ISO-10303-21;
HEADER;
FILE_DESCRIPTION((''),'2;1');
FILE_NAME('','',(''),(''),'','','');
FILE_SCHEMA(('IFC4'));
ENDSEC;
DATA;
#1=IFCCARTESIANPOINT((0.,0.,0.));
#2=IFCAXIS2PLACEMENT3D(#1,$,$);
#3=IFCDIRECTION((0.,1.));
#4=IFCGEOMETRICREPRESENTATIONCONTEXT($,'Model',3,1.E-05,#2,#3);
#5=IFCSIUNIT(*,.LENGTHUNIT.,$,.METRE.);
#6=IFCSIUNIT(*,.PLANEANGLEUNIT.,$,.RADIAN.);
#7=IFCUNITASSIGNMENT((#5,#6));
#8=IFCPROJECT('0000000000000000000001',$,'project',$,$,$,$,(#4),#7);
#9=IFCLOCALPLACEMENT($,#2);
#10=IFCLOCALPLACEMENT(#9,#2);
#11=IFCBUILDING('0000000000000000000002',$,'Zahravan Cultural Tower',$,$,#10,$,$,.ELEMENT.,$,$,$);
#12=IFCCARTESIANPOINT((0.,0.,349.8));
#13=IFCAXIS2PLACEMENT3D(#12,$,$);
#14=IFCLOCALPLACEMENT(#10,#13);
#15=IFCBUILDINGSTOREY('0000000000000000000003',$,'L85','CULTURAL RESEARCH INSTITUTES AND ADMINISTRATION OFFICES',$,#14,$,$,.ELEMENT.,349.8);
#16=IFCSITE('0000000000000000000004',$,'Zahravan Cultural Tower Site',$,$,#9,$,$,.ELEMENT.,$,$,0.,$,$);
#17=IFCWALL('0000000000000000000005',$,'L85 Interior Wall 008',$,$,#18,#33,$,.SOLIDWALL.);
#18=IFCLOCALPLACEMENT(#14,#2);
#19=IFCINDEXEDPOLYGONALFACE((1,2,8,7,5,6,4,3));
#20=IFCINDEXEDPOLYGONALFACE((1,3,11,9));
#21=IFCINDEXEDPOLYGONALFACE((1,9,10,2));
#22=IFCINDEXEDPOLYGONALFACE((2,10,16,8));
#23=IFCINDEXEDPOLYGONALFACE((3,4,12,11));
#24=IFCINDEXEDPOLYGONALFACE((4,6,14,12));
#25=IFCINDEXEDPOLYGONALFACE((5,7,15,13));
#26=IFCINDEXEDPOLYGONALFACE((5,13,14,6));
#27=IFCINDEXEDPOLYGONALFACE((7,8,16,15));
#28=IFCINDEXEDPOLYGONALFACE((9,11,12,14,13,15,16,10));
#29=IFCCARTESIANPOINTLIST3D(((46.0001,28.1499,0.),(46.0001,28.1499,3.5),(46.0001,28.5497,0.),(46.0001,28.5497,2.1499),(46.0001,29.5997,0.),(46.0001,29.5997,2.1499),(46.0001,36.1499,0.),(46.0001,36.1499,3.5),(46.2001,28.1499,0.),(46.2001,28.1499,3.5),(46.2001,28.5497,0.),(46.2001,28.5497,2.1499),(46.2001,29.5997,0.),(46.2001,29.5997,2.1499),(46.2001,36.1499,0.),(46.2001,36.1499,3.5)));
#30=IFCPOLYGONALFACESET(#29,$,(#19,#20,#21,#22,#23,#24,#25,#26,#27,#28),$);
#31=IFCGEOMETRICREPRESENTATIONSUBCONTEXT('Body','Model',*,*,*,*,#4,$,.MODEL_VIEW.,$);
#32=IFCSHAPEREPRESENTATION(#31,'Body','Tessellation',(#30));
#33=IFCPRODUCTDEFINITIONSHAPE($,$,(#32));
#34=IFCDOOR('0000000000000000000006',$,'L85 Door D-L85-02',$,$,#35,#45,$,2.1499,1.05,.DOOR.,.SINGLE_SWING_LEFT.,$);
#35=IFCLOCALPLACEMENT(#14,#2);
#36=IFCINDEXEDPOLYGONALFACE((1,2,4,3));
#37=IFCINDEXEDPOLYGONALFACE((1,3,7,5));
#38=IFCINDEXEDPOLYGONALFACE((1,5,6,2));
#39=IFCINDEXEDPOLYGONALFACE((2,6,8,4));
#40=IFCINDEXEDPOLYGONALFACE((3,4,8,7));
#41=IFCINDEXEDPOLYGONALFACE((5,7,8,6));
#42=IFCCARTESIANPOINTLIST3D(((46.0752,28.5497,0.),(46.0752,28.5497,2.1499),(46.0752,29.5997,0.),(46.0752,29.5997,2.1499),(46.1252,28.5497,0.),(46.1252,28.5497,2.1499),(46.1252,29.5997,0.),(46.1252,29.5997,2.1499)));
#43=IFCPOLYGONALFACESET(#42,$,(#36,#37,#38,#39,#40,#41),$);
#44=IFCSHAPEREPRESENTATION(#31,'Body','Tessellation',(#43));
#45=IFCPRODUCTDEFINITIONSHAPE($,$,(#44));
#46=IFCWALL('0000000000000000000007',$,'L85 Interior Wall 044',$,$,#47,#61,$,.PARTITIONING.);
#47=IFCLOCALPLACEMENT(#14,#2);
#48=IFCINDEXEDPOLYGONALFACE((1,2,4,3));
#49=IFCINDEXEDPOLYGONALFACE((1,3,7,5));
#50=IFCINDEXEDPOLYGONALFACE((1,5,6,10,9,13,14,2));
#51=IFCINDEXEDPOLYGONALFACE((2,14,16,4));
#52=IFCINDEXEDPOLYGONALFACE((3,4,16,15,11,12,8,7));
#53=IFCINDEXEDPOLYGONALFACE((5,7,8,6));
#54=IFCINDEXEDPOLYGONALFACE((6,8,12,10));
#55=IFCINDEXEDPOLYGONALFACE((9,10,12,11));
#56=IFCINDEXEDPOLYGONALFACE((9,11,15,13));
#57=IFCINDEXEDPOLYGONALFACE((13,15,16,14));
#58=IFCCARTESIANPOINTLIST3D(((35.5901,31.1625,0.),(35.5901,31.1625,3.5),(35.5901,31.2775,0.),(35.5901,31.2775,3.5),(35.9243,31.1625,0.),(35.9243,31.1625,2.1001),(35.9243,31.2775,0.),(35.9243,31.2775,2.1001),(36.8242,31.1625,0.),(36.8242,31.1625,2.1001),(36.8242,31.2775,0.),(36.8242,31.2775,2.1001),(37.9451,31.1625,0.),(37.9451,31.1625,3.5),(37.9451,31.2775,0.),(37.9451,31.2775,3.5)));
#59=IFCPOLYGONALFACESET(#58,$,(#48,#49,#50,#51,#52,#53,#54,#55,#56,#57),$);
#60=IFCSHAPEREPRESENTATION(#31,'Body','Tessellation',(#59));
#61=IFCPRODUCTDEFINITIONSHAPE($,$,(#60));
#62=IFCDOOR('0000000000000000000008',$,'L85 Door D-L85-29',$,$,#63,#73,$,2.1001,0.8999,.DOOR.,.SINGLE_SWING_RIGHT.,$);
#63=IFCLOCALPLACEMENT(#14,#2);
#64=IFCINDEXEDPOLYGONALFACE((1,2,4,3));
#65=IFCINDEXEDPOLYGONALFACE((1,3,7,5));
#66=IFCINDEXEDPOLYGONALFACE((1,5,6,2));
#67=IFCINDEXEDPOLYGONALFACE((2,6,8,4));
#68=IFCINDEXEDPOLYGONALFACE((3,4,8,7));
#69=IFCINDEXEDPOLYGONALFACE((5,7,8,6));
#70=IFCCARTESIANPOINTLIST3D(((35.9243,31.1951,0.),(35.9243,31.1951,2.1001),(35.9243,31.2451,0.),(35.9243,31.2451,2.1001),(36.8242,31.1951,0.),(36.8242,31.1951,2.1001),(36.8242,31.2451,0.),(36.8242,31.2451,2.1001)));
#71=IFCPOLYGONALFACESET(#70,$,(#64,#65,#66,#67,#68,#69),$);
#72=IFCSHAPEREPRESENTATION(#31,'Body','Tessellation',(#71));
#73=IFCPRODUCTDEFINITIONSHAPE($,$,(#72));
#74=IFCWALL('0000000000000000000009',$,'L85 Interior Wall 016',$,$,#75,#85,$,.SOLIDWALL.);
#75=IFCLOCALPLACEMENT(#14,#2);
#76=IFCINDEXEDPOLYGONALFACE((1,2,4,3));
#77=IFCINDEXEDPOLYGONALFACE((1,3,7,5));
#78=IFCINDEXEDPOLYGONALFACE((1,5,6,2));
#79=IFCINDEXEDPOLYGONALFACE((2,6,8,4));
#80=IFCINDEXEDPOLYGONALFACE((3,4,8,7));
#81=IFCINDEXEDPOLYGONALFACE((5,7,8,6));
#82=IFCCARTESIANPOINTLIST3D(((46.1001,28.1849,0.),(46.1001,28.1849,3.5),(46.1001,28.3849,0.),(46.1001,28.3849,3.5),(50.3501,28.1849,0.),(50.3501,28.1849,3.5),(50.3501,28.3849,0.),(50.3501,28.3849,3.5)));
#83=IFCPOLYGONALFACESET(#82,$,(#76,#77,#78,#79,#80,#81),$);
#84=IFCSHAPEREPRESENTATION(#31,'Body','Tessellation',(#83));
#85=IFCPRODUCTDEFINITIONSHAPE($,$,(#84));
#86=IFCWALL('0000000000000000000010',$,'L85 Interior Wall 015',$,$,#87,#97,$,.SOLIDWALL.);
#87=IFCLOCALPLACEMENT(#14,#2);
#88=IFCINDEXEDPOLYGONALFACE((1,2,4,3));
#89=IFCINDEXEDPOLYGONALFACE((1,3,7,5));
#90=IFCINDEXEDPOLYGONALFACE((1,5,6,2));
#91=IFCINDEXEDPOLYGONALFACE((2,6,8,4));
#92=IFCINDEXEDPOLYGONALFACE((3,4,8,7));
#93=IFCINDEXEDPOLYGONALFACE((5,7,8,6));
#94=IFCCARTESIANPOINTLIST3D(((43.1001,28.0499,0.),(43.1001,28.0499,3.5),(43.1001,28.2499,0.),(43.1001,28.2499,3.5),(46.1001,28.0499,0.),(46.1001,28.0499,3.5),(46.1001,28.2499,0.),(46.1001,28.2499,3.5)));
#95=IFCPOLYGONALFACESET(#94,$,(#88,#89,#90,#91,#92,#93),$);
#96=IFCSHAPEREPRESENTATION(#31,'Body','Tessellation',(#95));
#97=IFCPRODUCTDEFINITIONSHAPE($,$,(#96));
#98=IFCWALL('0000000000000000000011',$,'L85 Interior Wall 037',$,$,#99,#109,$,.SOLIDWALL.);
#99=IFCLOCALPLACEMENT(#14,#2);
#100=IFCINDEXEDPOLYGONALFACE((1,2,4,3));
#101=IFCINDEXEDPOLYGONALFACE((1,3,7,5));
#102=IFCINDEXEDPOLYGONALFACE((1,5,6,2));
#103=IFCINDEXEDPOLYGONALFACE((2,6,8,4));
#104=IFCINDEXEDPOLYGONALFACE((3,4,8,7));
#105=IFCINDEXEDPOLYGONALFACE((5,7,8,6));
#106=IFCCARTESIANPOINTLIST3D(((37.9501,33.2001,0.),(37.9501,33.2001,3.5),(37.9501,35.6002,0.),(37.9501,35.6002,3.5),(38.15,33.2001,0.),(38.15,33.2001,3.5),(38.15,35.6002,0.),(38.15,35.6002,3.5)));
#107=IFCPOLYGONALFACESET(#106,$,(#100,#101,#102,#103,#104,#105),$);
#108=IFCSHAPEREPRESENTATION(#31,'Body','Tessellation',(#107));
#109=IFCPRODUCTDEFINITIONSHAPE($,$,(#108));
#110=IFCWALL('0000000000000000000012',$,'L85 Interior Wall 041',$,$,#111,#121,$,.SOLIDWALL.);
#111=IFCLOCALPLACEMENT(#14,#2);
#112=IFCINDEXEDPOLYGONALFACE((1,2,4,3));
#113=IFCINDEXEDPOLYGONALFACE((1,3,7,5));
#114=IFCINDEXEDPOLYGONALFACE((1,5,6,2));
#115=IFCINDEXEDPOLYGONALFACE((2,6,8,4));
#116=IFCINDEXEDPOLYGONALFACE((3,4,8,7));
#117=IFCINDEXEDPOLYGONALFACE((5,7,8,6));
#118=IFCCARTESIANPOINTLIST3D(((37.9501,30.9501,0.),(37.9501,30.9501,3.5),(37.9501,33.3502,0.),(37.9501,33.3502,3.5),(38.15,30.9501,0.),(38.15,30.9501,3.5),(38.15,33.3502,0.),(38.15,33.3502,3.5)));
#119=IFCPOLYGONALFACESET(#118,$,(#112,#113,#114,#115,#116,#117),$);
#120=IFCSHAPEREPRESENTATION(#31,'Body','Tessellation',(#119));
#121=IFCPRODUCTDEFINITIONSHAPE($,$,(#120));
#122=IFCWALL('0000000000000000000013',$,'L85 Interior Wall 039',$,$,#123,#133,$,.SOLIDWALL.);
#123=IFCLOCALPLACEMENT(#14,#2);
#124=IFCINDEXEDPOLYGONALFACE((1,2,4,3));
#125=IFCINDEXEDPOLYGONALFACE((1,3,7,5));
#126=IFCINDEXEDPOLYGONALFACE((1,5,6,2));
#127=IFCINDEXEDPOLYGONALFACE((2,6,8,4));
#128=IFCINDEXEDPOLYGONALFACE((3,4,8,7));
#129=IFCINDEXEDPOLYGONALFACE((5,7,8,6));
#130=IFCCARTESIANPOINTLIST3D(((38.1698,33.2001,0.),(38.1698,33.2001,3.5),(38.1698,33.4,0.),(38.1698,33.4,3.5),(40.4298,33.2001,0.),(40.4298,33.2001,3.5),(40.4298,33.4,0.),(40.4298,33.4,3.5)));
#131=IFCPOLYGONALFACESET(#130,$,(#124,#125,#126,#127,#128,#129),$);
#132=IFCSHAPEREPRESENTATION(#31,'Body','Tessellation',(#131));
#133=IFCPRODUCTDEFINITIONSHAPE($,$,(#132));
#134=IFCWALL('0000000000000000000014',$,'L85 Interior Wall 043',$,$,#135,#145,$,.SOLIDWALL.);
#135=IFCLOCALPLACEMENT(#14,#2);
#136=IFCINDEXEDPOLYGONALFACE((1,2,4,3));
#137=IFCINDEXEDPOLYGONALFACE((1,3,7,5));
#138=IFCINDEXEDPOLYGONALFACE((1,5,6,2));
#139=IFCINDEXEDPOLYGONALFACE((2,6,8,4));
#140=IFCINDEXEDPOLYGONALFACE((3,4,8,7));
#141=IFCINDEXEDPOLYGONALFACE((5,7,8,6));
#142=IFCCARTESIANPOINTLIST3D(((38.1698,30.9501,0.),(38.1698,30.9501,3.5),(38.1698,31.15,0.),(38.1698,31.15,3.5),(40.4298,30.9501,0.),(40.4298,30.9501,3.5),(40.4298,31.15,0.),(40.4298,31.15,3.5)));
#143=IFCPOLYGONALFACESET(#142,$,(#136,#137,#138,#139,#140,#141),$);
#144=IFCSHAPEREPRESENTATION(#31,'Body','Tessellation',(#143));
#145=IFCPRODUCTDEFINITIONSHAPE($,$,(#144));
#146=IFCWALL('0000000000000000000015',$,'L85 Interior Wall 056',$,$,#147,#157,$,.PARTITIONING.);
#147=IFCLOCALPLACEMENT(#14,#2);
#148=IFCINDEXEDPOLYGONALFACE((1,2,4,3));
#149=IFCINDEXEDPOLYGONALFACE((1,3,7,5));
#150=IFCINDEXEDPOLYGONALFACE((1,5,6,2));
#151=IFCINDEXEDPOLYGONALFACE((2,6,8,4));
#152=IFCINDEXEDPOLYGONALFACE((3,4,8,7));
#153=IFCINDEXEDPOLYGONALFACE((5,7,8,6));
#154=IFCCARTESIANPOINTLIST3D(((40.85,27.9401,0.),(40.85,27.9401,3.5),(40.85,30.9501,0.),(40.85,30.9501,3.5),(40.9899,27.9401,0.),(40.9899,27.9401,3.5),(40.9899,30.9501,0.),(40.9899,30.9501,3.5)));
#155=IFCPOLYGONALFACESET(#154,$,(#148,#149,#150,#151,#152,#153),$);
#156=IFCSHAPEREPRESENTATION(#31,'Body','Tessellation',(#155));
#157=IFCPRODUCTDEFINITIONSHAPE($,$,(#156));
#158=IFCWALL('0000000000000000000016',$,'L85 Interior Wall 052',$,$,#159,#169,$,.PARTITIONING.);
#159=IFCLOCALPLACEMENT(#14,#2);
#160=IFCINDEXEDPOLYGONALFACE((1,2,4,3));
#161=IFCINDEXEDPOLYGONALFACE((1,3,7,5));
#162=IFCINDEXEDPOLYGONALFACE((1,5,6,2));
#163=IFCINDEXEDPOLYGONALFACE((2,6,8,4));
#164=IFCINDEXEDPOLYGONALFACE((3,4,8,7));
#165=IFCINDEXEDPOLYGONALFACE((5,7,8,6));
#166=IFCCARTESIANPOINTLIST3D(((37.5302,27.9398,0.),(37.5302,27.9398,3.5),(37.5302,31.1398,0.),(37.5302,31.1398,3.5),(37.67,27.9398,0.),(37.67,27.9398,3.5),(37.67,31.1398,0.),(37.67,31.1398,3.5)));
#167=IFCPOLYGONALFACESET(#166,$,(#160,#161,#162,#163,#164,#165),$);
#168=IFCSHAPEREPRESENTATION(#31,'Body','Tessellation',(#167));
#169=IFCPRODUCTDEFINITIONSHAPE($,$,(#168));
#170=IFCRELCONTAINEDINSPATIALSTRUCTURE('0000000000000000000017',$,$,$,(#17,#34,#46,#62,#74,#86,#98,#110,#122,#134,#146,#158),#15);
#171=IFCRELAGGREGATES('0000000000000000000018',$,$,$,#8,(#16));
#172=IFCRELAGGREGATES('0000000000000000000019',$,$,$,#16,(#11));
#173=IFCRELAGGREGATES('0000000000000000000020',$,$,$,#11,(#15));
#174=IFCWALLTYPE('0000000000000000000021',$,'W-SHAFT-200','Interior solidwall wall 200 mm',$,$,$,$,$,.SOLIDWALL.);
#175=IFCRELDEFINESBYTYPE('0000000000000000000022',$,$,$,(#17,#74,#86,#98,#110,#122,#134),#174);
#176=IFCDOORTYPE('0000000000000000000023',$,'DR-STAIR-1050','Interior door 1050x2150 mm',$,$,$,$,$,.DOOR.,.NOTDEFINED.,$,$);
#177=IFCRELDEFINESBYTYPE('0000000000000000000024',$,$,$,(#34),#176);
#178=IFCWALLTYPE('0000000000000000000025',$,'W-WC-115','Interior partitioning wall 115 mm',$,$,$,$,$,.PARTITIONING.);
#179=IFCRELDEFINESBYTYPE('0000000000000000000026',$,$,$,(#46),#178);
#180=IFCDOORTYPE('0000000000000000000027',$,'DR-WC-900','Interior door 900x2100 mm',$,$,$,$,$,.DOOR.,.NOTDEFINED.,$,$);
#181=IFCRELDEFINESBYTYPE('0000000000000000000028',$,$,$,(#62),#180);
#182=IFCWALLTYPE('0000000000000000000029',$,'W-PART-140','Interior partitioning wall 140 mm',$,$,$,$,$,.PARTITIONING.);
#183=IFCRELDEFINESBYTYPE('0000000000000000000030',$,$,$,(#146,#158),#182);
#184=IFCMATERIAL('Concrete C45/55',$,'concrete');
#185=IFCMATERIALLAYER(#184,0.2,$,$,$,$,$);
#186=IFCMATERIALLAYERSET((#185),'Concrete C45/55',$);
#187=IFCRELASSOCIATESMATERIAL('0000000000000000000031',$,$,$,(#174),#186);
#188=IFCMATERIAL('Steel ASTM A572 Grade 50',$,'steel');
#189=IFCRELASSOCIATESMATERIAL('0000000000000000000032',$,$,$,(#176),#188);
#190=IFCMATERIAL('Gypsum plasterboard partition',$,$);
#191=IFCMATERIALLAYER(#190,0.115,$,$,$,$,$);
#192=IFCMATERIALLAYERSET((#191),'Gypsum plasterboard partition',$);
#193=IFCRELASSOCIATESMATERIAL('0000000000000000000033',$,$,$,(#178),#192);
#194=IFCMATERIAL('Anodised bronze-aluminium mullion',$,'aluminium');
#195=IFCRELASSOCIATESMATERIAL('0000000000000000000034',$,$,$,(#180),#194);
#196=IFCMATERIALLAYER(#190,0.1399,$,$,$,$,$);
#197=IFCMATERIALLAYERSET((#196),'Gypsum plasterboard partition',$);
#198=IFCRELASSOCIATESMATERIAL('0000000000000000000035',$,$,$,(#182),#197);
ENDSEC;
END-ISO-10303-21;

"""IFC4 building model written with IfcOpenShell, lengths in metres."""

from ifc_helpers import new_model, si_unit, direction, frame, frame_2d, origin, place, context, subcontext, project, spatial, rectangle, extrude, source, transform, mapped, material, layer, layer_set, type_object, element, fill, save


model = new_model("IFC4")

# Units and contexts
model_context = context("Model", 3, precision=1e-05, world=origin(), true_north=direction((0.0, 1.0)))
body_context = subcontext(model_context, "Body", "Model", "MODEL_VIEW")
ifc_project = project(units=[si_unit("LENGTHUNIT", "METRE"), si_unit("PLANEANGLEUNIT", "RADIAN")], contexts=[model_context])

# Site, building, storey
site_placement = place(None, origin())
site = spatial("IfcSite", under=ifc_project, at=site_placement, Name="Zahravan Cultural Tower Site", CompositionType="ELEMENT", RefElevation=0.0)
building_placement = place(site_placement, origin())
building = spatial("IfcBuilding", under=site, at=building_placement, Name="Zahravan Cultural Tower", CompositionType="ELEMENT")
storey_placement = place(building_placement, frame((0.0, 0.0, 349.8)))
storey = spatial("IfcBuildingStorey", under=building, at=storey_placement, Name="L85", Description="CULTURAL RESEARCH INSTITUTES AND ADMINISTRATION OFFICES", CompositionType="ELEMENT", Elevation=349.8)

# Walls, openings, doors
ifc_material_1 = material(Name="Concrete C45/55", Category="concrete")
ifc_layer_1 = layer(ifc_material_1, 0.2)
ifc_layer_set_1 = layer_set([ifc_layer_1], Name="Concrete C45/55")
wall_type_1 = type_object("IfcWallType", Name="W-SHAFT-200", Description="Interior solidwall wall 200 mm", PredefinedType="SOLIDWALL", material=ifc_layer_set_1)
wall_1_placement = place(storey_placement, frame((46.1001, 28.1499, 0.0), z_axis=(0.0, 0.0, 1.0), x_axis=(0.0, 1.0, 0.0)))
wall_1 = element("IfcWall", 1, at=wall_1_placement, inside=storey, type_object=wall_type_1, Name="L85 Interior Wall 008", PredefinedType="SOLIDWALL", context=body_context, shape_type="SweptSolid", body=[
    extrude(rectangle(XDim=8.0, YDim=0.2, at=frame_2d((4.0, 0.0))), origin(), (0.0, 0.0, 1.0), 3.5),
])
opening_1_placement = place(wall_1_placement, frame((0.3999, 0.0, 0.0)))
opening_1 = element("IfcOpeningElement", 2, at=opening_1_placement, cuts=wall_1, PredefinedType="OPENING", context=body_context, shape_type="SweptSolid", body=[
    extrude(rectangle(XDim=1.05, YDim=2.1499, at=frame_2d((0.5249, 1.075))), frame((0.0, 0.1099, 0.0), z_axis=(0.0, -1.0, 0.0), x_axis=(1.0, 0.0, 0.0)), (0.0, 0.0, 1.0), 0.22),
])
ifc_material_2 = material(Name="Steel ASTM A572 Grade 50", Category="steel")
door_type_1 = type_object("IfcDoorType", Name="DR-STAIR-1050", Description="Interior door 1050x2150 mm", OperationType="NOTDEFINED", PredefinedType="DOOR", material=ifc_material_2)
shared_shape_1 = source(origin(), body_context, "Body", "SweptSolid", [
    extrude(rectangle(XDim=1.05, YDim=2.1499, at=frame_2d((0.5249, 1.075))), frame((0.0, 0.0249, 0.0), z_axis=(0.0, -1.0, 0.0), x_axis=(1.0, 0.0, 0.0)), (0.0, 0.0, 1.0), 0.05),
])
door_1_placement = place(opening_1_placement, origin())
door_1 = element("IfcDoor", 3, at=door_1_placement, inside=storey, type_object=door_type_1, Name="L85 Door D-L85-02", OperationType="SINGLE_SWING_LEFT", OverallHeight=2.1499, OverallWidth=1.05, PredefinedType="DOOR", context=body_context, shape_type="MappedRepresentation", body=[
    mapped(shared_shape_1, transform((0.0, 0.0, 0.0), x_axis=(1.0, 0.0, 0.0), y_axis=(0.0, 1.0, 0.0), z_axis=(0.0, 0.0, 1.0), scale=1.0)),
])
fill(opening_1, door_1)
ifc_material_3 = material(Name="Gypsum plasterboard partition")
ifc_layer_2 = layer(ifc_material_3, 0.115)
ifc_layer_set_2 = layer_set([ifc_layer_2], Name="Gypsum plasterboard partition")
wall_type_2 = type_object("IfcWallType", Name="W-WC-115", Description="Interior partitioning wall 115 mm", PredefinedType="PARTITIONING", material=ifc_layer_set_2)
wall_2_placement = place(storey_placement, frame((37.9451, 31.22, 0.0), z_axis=(0.0, 0.0, 1.0), x_axis=(-1.0, 0.0, 0.0)))
wall_2 = element("IfcWall", 4, at=wall_2_placement, inside=storey, type_object=wall_type_2, Name="L85 Interior Wall 044", PredefinedType="PARTITIONING", context=body_context, shape_type="SweptSolid", body=[
    extrude(rectangle(XDim=2.355, YDim=0.115, at=frame_2d((1.1775, 0.0))), origin(), (0.0, 0.0, 1.0), 3.5),
])
opening_2_placement = place(wall_2_placement, frame((1.1208, 0.0, 0.0)))
opening_2 = element("IfcOpeningElement", 5, at=opening_2_placement, cuts=wall_2, PredefinedType="OPENING", context=body_context, shape_type="SweptSolid", body=[
    extrude(rectangle(XDim=0.8999, YDim=2.1001, at=frame_2d((0.45, 1.05))), frame((0.0, 0.0674, 0.0), z_axis=(0.0, -1.0, 0.0), x_axis=(1.0, 0.0, 0.0)), (0.0, 0.0, 1.0), 0.135),
])
ifc_material_4 = material(Name="Anodised bronze-aluminium mullion", Category="aluminium")
door_type_2 = type_object("IfcDoorType", Name="DR-WC-900", Description="Interior door 900x2100 mm", OperationType="NOTDEFINED", PredefinedType="DOOR", material=ifc_material_4)
shared_shape_2 = source(origin(), body_context, "Body", "SweptSolid", [
    extrude(rectangle(XDim=0.8999, YDim=2.1001, at=frame_2d((0.45, 1.05))), frame((0.0, 0.0249, 0.0), z_axis=(0.0, -1.0, 0.0), x_axis=(1.0, 0.0, 0.0)), (0.0, 0.0, 1.0), 0.05),
])
door_2_placement = place(opening_2_placement, origin())
door_2 = element("IfcDoor", 6, at=door_2_placement, inside=storey, type_object=door_type_2, Name="L85 Door D-L85-29", OperationType="SINGLE_SWING_RIGHT", OverallHeight=2.1001, OverallWidth=0.8999, PredefinedType="DOOR", context=body_context, shape_type="MappedRepresentation", body=[
    mapped(shared_shape_2, transform((0.0, 0.0, 0.0), x_axis=(1.0, 0.0, 0.0), y_axis=(0.0, 1.0, 0.0), z_axis=(0.0, 0.0, 1.0), scale=1.0)),
])
fill(opening_2, door_2)

# Walls
shared_shape_3 = source(origin(), body_context, "Body", "SweptSolid", [
    extrude(rectangle(XDim=4.25, YDim=0.2, at=frame_2d((2.125, 0.0))), origin(), (0.0, 0.0, 1.0), 3.5),
])
wall_3_placement = place(storey_placement, frame((46.1001, 28.2849, 0.0), z_axis=(0.0, 0.0, 1.0), x_axis=(1.0, 0.0, 0.0)))
element("IfcWall", 7, at=wall_3_placement, inside=storey, type_object=wall_type_1, Name="L85 Interior Wall 016", PredefinedType="SOLIDWALL", context=body_context, shape_type="MappedRepresentation", body=[
    mapped(shared_shape_3, transform((0.0, 0.0, 0.0), x_axis=(1.0, 0.0, 0.0), y_axis=(0.0, 1.0, 0.0), z_axis=(0.0, 0.0, 1.0), scale=1.0)),
])
shared_shape_4 = source(origin(), body_context, "Body", "SweptSolid", [
    extrude(rectangle(XDim=3.0, YDim=0.2, at=frame_2d((1.5, 0.0))), origin(), (0.0, 0.0, 1.0), 3.5),
])
wall_4_placement = place(storey_placement, frame((43.1001, 28.1499, 0.0), z_axis=(0.0, 0.0, 1.0), x_axis=(1.0, 0.0, 0.0)))
element("IfcWall", 8, at=wall_4_placement, inside=storey, type_object=wall_type_1, Name="L85 Interior Wall 015", PredefinedType="SOLIDWALL", context=body_context, shape_type="MappedRepresentation", body=[
    mapped(shared_shape_4, transform((0.0, 0.0, 0.0), x_axis=(1.0, 0.0, 0.0), y_axis=(0.0, 1.0, 0.0), z_axis=(0.0, 0.0, 1.0), scale=1.0)),
])
shared_shape_5 = source(origin(), body_context, "Body", "SweptSolid", [
    extrude(rectangle(XDim=2.4001, YDim=0.2, at=frame_2d((1.2002, 0.0))), origin(), (0.0, 0.0, 1.0), 3.5),
])
for number, where, z_axis, x_axis, name in (
    (9, (38.05, 33.2, 0.0), (0.0, 0.0, 1.0), (0.0, 1.0, 0.0), "L85 Interior Wall 037"),
    (10, (38.05, 30.95, 0.0), (0.0, 0.0, 1.0), (0.0, 1.0, 0.0), "L85 Interior Wall 041"),
):
    element("IfcWall", number, at=place(storey_placement, frame(where, z_axis=z_axis, x_axis=x_axis)), inside=storey, type_object=wall_type_1, Name=name, PredefinedType="SOLIDWALL", context=body_context, shape_type="MappedRepresentation", body=[
        mapped(shared_shape_5, transform((0.0, 0.0, 0.0), x_axis=(1.0, 0.0, 0.0), y_axis=(0.0, 1.0, 0.0), z_axis=(0.0, 0.0, 1.0), scale=1.0)),
    ])
shared_shape_6 = source(origin(), body_context, "Body", "SweptSolid", [
    extrude(rectangle(XDim=2.26, YDim=0.2, at=frame_2d((1.1299, 0.0))), origin(), (0.0, 0.0, 1.0), 3.5),
])
for number, where, z_axis, x_axis, name in (
    (11, (38.1699, 33.3, 0.0), (0.0, 0.0, 1.0), (1.0, 0.0, 0.0), "L85 Interior Wall 039"),
    (12, (38.1699, 31.05, 0.0), (0.0, 0.0, 1.0), (1.0, 0.0, 0.0), "L85 Interior Wall 043"),
):
    element("IfcWall", number, at=place(storey_placement, frame(where, z_axis=z_axis, x_axis=x_axis)), inside=storey, type_object=wall_type_1, Name=name, PredefinedType="SOLIDWALL", context=body_context, shape_type="MappedRepresentation", body=[
        mapped(shared_shape_6, transform((0.0, 0.0, 0.0), x_axis=(1.0, 0.0, 0.0), y_axis=(0.0, 1.0, 0.0), z_axis=(0.0, 0.0, 1.0), scale=1.0)),
    ])
ifc_layer_3 = layer(ifc_material_3, 0.1399)
ifc_layer_set_3 = layer_set([ifc_layer_3], Name="Gypsum plasterboard partition")
wall_type_3 = type_object("IfcWallType", Name="W-PART-140", Description="Interior partitioning wall 140 mm", PredefinedType="PARTITIONING", material=ifc_layer_set_3)
shared_shape_7 = source(origin(), body_context, "Body", "SweptSolid", [
    extrude(rectangle(XDim=3.01, YDim=0.1399, at=frame_2d((1.5049, 0.0))), origin(), (0.0, 0.0, 1.0), 3.5),
])
wall_5_placement = place(storey_placement, frame((40.9199, 30.95, 0.0), z_axis=(0.0, 0.0, 1.0), x_axis=(0.0, -1.0, 0.0)))
element("IfcWall", 13, at=wall_5_placement, inside=storey, type_object=wall_type_3, Name="L85 Interior Wall 056", PredefinedType="PARTITIONING", context=body_context, shape_type="MappedRepresentation", body=[
    mapped(shared_shape_7, transform((0.0, 0.0, 0.0), x_axis=(1.0, 0.0, 0.0), y_axis=(0.0, 1.0, 0.0), z_axis=(0.0, 0.0, 1.0), scale=1.0)),
])
shared_shape_8 = source(origin(), body_context, "Body", "SweptSolid", [
    extrude(rectangle(XDim=3.2, YDim=0.1399, at=frame_2d((1.6001, 0.0))), origin(), (0.0, 0.0, 1.0), 3.5),
])
wall_6_placement = place(storey_placement, frame((37.6001, 31.1399, 0.0), z_axis=(0.0, 0.0, 1.0), x_axis=(0.0, -1.0, 0.0)))
element("IfcWall", 14, at=wall_6_placement, inside=storey, type_object=wall_type_3, Name="L85 Interior Wall 052", PredefinedType="PARTITIONING", context=body_context, shape_type="MappedRepresentation", body=[
    mapped(shared_shape_8, transform((0.0, 0.0, 0.0), x_axis=(1.0, 0.0, 0.0), y_axis=(0.0, 1.0, 0.0), z_axis=(0.0, 0.0, 1.0), scale=1.0)),
])

save(model, "model.ifc")
